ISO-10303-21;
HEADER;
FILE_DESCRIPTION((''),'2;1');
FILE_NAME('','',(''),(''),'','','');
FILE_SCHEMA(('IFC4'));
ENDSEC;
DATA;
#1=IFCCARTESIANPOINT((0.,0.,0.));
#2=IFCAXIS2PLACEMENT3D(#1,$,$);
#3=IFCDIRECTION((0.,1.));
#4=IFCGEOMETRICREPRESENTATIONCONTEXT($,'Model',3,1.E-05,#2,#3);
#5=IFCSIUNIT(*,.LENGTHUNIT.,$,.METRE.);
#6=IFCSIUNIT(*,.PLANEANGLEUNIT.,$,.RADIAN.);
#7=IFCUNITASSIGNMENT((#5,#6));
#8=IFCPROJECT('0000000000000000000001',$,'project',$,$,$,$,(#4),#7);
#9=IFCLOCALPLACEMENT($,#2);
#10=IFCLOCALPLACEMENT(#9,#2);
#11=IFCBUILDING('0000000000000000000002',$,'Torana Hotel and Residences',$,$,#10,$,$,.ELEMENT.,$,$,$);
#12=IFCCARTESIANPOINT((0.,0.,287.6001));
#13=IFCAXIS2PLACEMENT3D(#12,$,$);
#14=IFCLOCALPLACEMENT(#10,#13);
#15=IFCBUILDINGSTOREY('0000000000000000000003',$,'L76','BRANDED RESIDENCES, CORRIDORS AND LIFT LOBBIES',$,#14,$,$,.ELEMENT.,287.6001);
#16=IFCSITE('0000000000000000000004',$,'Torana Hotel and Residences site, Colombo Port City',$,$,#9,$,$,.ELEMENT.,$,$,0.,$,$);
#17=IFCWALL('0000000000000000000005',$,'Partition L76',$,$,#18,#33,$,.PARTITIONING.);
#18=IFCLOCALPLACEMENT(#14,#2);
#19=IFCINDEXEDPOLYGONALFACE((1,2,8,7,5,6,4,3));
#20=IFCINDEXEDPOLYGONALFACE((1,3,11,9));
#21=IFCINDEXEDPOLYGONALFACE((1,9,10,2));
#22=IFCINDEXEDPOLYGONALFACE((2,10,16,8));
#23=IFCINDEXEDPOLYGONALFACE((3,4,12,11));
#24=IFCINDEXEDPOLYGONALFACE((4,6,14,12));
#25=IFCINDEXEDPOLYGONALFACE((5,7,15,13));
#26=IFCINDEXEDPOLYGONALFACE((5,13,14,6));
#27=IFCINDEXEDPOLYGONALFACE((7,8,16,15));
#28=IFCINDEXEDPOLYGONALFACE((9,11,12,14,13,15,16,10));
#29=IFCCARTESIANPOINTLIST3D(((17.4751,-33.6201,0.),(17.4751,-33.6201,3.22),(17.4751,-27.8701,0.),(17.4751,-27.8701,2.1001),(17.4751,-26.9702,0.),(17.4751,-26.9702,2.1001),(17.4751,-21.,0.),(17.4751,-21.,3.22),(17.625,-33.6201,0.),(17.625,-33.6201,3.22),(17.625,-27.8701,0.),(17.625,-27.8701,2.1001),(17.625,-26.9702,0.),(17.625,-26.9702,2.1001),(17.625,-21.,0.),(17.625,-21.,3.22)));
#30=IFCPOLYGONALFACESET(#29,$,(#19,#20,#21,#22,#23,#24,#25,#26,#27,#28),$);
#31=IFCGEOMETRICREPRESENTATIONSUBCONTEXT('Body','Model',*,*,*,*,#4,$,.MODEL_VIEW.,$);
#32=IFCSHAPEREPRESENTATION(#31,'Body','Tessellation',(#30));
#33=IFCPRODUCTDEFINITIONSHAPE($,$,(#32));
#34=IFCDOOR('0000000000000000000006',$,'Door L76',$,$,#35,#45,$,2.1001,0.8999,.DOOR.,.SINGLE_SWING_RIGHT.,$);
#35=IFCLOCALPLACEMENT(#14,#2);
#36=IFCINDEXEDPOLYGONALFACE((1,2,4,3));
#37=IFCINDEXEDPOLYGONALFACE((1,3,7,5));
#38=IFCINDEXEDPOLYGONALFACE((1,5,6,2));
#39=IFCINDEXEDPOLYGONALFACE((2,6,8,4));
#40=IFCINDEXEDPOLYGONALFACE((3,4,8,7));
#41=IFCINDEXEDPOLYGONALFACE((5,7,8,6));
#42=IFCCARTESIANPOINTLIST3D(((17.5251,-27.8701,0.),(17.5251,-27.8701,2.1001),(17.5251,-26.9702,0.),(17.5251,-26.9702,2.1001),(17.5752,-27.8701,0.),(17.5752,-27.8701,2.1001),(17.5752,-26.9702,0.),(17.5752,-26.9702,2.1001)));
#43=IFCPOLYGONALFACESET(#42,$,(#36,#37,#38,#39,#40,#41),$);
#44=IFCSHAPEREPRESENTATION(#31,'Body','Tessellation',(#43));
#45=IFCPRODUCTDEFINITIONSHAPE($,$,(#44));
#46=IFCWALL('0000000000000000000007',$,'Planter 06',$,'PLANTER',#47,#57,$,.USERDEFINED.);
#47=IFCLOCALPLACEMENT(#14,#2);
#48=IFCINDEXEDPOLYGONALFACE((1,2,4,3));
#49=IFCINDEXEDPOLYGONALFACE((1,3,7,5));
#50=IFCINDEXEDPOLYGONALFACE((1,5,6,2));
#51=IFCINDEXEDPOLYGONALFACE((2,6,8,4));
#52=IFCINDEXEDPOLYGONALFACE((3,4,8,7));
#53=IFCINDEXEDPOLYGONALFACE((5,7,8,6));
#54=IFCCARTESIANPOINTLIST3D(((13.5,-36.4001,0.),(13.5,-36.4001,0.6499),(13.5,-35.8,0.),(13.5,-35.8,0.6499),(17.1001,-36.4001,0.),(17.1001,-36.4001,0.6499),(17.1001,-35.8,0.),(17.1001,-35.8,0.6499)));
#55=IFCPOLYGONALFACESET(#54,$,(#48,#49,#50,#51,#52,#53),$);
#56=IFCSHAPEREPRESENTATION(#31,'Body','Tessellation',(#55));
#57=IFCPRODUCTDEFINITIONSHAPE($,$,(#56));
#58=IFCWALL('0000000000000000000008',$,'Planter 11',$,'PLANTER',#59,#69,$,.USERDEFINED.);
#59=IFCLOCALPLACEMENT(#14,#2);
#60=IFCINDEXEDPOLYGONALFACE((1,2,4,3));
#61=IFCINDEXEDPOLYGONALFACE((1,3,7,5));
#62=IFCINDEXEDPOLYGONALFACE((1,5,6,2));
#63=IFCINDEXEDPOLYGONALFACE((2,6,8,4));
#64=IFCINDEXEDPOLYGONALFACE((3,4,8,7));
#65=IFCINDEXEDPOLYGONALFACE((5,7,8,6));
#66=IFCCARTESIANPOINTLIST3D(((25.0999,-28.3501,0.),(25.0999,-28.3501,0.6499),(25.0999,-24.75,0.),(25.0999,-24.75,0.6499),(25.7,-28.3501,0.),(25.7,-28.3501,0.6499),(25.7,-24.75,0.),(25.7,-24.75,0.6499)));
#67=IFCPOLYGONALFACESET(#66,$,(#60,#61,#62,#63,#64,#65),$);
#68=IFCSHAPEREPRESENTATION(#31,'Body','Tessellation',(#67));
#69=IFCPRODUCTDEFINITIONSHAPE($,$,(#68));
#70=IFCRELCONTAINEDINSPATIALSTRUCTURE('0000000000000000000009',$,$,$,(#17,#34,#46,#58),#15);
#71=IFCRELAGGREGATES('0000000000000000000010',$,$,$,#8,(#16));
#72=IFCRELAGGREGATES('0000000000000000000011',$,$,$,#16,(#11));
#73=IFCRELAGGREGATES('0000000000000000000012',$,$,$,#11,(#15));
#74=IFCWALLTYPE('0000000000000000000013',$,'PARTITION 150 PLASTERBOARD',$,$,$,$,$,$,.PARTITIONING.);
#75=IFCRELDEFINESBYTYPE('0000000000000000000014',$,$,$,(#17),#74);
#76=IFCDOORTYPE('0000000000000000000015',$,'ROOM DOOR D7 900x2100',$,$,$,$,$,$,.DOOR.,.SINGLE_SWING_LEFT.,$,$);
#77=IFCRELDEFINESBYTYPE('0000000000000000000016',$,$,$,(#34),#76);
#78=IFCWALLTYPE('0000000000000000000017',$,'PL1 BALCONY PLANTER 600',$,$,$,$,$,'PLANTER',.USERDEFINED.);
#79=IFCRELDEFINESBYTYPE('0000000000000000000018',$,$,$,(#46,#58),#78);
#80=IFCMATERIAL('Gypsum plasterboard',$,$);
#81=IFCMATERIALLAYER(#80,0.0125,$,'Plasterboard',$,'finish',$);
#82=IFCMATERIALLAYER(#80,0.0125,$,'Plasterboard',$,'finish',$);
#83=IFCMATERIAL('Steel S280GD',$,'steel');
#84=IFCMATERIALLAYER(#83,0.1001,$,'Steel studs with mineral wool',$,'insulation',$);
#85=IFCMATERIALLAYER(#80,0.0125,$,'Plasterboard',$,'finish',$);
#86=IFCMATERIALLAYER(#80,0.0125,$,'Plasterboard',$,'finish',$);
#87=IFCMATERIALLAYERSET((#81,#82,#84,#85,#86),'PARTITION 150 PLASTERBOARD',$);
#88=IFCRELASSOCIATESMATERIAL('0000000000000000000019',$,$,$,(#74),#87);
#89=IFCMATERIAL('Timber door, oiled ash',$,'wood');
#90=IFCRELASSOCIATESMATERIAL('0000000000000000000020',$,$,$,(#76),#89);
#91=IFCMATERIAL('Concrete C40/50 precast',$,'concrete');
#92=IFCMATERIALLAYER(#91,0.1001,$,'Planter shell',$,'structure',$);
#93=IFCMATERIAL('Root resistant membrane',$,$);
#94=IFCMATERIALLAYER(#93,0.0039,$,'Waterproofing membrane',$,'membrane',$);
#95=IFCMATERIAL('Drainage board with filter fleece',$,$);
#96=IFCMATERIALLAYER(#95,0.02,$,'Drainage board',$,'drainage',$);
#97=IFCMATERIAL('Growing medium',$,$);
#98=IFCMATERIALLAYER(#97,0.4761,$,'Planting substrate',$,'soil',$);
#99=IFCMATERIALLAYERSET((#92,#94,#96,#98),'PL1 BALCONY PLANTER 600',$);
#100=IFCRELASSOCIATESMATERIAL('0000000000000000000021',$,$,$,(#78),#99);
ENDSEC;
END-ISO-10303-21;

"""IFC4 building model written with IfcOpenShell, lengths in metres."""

from ifc_helpers import new_model, si_unit, direction, frame, frame_2d, origin, place, context, subcontext, project, spatial, rectangle, extrude, material, layer, layer_set, type_object, element, fill, save


model = new_model("IFC4")

# Units and contexts
model_context = context("Model", 3, precision=1e-05, world=origin(), true_north=direction((0.0, 1.0)))
body_context = subcontext(model_context, "Body", "Model", "MODEL_VIEW")
ifc_project = project(units=[si_unit("LENGTHUNIT", "METRE"), si_unit("PLANEANGLEUNIT", "RADIAN")], contexts=[model_context])

# Site, building, storey
site_placement = place(None, origin())
site = spatial("IfcSite", under=ifc_project, at=site_placement, Name="Torana Hotel and Residences site, Colombo Port City", CompositionType="ELEMENT", RefElevation=0.0)
building_placement = place(site_placement, origin())
building = spatial("IfcBuilding", under=site, at=building_placement, Name="Torana Hotel and Residences", CompositionType="ELEMENT")
storey_placement = place(building_placement, frame((0.0, 0.0, 287.6001)))
storey = spatial("IfcBuildingStorey", under=building, at=storey_placement, Name="L76", Description="BRANDED RESIDENCES, CORRIDORS AND LIFT LOBBIES", CompositionType="ELEMENT", Elevation=287.6001)

# Shared definitions
ifc_material_1 = material(Name="Steel S280GD", Category="steel")

# Wall, opening, door
ifc_material_2 = material(Name="Gypsum plasterboard")
ifc_layer_1 = layer(ifc_material_2, 0.0125, Name="Plasterboard", Category="finish")
ifc_layer_2 = layer(ifc_material_2, 0.0125, Name="Plasterboard", Category="finish")
ifc_layer_3 = layer(ifc_material_1, 0.1001, Name="Steel studs with mineral wool", Category="insulation")
ifc_layer_4 = layer(ifc_material_2, 0.0125, Name="Plasterboard", Category="finish")
ifc_layer_5 = layer(ifc_material_2, 0.0125, Name="Plasterboard", Category="finish")
ifc_layer_set_1 = layer_set([ifc_layer_1, ifc_layer_2, ifc_layer_3, ifc_layer_4, ifc_layer_5], Name="PARTITION 150 PLASTERBOARD")
wall_type_1 = type_object("IfcWallType", Name="PARTITION 150 PLASTERBOARD", PredefinedType="PARTITIONING", material=ifc_layer_set_1)
ifc_material_3 = material(Name="Timber door, oiled ash", Category="wood")
door_type_1 = type_object("IfcDoorType", Name="ROOM DOOR D7 900x2100", OperationType="SINGLE_SWING_LEFT", PredefinedType="DOOR", material=ifc_material_3)
wall_1_placement = place(storey_placement, frame((17.55, -33.6201, 0.0), z_axis=(0.0, 0.0, 1.0), x_axis=(0.0, 1.0, 0.0)))
wall_1 = element("IfcWall", 1, at=wall_1_placement, inside=storey, type_object=wall_type_1, Name="Partition L76", PredefinedType="PARTITIONING", context=body_context, shape_type="SweptSolid", body=[
    extrude(rectangle(XDim=12.6201, YDim=0.1499, at=frame_2d((6.3101, 0.0))), origin(), (0.0, 0.0, 1.0), 3.22),
])
opening_1_placement = place(wall_1_placement, frame((5.75, 0.0, 0.0)))
opening_1 = element("IfcOpeningElement", 2, at=opening_1_placement, cuts=wall_1, PredefinedType="OPENING", context=body_context, shape_type="SweptSolid", body=[
    extrude(rectangle(XDim=0.8999, YDim=2.1001, at=frame_2d((0.45, 1.05))), frame((0.0, 0.085, 0.0), z_axis=(0.0, -1.0, 0.0), x_axis=(1.0, 0.0, 0.0)), (0.0, 0.0, 1.0), 0.1699),
])
door_1_placement = place(opening_1_placement, origin())
door_1 = element("IfcDoor", 3, at=door_1_placement, inside=storey, type_object=door_type_1, Name="Door L76", OperationType="SINGLE_SWING_RIGHT", OverallHeight=2.1001, OverallWidth=0.8999, PredefinedType="DOOR", context=body_context, shape_type="SweptSolid", body=[
    extrude(rectangle(XDim=0.8999, YDim=2.1001, at=frame_2d((0.45, 1.05))), frame((0.0, 0.0249, 0.0), z_axis=(0.0, -1.0, 0.0), x_axis=(1.0, 0.0, 0.0)), (0.0, 0.0, 1.0), 0.05),
])
fill(opening_1, door_1)

# Walls
ifc_material_4 = material(Name="Concrete C40/50 precast", Category="concrete")
ifc_layer_6 = layer(ifc_material_4, 0.1001, Name="Planter shell", Category="structure")
ifc_material_5 = material(Name="Root resistant membrane")
ifc_layer_7 = layer(ifc_material_5, 0.0039, Name="Waterproofing membrane", Category="membrane")
ifc_material_6 = material(Name="Drainage board with filter fleece")
ifc_layer_8 = layer(ifc_material_6, 0.02, Name="Drainage board", Category="drainage")
ifc_material_7 = material(Name="Growing medium")
ifc_layer_9 = layer(ifc_material_7, 0.4761, Name="Planting substrate", Category="soil")
ifc_layer_set_2 = layer_set([ifc_layer_6, ifc_layer_7, ifc_layer_8, ifc_layer_9], Name="PL1 BALCONY PLANTER 600")
wall_type_2 = type_object("IfcWallType", Name="PL1 BALCONY PLANTER 600", ElementType="PLANTER", PredefinedType="USERDEFINED", material=ifc_layer_set_2)
for number, where, z_axis, x_axis, name in (
    (4, (17.1001, -36.1001, 0.0), (0.0, 0.0, 1.0), (-1.0, 0.0, 0.0), "Planter 06"),
    (5, (25.3999, -24.75, 0.0), (0.0, 0.0, 1.0), (0.0, -1.0, 0.0), "Planter 11"),
):
    element("IfcWall", number, at=place(storey_placement, frame(where, z_axis=z_axis, x_axis=x_axis)), inside=storey, type_object=wall_type_2, Name=name, ObjectType="PLANTER", PredefinedType="USERDEFINED", context=body_context, shape_type="SweptSolid", body=[
        extrude(rectangle(XDim=3.6001, YDim=0.6001, at=frame_2d((1.8, 0.0))), origin(), (0.0, 0.0, 1.0), 0.6499),
    ])

save(model, "model.ifc")
